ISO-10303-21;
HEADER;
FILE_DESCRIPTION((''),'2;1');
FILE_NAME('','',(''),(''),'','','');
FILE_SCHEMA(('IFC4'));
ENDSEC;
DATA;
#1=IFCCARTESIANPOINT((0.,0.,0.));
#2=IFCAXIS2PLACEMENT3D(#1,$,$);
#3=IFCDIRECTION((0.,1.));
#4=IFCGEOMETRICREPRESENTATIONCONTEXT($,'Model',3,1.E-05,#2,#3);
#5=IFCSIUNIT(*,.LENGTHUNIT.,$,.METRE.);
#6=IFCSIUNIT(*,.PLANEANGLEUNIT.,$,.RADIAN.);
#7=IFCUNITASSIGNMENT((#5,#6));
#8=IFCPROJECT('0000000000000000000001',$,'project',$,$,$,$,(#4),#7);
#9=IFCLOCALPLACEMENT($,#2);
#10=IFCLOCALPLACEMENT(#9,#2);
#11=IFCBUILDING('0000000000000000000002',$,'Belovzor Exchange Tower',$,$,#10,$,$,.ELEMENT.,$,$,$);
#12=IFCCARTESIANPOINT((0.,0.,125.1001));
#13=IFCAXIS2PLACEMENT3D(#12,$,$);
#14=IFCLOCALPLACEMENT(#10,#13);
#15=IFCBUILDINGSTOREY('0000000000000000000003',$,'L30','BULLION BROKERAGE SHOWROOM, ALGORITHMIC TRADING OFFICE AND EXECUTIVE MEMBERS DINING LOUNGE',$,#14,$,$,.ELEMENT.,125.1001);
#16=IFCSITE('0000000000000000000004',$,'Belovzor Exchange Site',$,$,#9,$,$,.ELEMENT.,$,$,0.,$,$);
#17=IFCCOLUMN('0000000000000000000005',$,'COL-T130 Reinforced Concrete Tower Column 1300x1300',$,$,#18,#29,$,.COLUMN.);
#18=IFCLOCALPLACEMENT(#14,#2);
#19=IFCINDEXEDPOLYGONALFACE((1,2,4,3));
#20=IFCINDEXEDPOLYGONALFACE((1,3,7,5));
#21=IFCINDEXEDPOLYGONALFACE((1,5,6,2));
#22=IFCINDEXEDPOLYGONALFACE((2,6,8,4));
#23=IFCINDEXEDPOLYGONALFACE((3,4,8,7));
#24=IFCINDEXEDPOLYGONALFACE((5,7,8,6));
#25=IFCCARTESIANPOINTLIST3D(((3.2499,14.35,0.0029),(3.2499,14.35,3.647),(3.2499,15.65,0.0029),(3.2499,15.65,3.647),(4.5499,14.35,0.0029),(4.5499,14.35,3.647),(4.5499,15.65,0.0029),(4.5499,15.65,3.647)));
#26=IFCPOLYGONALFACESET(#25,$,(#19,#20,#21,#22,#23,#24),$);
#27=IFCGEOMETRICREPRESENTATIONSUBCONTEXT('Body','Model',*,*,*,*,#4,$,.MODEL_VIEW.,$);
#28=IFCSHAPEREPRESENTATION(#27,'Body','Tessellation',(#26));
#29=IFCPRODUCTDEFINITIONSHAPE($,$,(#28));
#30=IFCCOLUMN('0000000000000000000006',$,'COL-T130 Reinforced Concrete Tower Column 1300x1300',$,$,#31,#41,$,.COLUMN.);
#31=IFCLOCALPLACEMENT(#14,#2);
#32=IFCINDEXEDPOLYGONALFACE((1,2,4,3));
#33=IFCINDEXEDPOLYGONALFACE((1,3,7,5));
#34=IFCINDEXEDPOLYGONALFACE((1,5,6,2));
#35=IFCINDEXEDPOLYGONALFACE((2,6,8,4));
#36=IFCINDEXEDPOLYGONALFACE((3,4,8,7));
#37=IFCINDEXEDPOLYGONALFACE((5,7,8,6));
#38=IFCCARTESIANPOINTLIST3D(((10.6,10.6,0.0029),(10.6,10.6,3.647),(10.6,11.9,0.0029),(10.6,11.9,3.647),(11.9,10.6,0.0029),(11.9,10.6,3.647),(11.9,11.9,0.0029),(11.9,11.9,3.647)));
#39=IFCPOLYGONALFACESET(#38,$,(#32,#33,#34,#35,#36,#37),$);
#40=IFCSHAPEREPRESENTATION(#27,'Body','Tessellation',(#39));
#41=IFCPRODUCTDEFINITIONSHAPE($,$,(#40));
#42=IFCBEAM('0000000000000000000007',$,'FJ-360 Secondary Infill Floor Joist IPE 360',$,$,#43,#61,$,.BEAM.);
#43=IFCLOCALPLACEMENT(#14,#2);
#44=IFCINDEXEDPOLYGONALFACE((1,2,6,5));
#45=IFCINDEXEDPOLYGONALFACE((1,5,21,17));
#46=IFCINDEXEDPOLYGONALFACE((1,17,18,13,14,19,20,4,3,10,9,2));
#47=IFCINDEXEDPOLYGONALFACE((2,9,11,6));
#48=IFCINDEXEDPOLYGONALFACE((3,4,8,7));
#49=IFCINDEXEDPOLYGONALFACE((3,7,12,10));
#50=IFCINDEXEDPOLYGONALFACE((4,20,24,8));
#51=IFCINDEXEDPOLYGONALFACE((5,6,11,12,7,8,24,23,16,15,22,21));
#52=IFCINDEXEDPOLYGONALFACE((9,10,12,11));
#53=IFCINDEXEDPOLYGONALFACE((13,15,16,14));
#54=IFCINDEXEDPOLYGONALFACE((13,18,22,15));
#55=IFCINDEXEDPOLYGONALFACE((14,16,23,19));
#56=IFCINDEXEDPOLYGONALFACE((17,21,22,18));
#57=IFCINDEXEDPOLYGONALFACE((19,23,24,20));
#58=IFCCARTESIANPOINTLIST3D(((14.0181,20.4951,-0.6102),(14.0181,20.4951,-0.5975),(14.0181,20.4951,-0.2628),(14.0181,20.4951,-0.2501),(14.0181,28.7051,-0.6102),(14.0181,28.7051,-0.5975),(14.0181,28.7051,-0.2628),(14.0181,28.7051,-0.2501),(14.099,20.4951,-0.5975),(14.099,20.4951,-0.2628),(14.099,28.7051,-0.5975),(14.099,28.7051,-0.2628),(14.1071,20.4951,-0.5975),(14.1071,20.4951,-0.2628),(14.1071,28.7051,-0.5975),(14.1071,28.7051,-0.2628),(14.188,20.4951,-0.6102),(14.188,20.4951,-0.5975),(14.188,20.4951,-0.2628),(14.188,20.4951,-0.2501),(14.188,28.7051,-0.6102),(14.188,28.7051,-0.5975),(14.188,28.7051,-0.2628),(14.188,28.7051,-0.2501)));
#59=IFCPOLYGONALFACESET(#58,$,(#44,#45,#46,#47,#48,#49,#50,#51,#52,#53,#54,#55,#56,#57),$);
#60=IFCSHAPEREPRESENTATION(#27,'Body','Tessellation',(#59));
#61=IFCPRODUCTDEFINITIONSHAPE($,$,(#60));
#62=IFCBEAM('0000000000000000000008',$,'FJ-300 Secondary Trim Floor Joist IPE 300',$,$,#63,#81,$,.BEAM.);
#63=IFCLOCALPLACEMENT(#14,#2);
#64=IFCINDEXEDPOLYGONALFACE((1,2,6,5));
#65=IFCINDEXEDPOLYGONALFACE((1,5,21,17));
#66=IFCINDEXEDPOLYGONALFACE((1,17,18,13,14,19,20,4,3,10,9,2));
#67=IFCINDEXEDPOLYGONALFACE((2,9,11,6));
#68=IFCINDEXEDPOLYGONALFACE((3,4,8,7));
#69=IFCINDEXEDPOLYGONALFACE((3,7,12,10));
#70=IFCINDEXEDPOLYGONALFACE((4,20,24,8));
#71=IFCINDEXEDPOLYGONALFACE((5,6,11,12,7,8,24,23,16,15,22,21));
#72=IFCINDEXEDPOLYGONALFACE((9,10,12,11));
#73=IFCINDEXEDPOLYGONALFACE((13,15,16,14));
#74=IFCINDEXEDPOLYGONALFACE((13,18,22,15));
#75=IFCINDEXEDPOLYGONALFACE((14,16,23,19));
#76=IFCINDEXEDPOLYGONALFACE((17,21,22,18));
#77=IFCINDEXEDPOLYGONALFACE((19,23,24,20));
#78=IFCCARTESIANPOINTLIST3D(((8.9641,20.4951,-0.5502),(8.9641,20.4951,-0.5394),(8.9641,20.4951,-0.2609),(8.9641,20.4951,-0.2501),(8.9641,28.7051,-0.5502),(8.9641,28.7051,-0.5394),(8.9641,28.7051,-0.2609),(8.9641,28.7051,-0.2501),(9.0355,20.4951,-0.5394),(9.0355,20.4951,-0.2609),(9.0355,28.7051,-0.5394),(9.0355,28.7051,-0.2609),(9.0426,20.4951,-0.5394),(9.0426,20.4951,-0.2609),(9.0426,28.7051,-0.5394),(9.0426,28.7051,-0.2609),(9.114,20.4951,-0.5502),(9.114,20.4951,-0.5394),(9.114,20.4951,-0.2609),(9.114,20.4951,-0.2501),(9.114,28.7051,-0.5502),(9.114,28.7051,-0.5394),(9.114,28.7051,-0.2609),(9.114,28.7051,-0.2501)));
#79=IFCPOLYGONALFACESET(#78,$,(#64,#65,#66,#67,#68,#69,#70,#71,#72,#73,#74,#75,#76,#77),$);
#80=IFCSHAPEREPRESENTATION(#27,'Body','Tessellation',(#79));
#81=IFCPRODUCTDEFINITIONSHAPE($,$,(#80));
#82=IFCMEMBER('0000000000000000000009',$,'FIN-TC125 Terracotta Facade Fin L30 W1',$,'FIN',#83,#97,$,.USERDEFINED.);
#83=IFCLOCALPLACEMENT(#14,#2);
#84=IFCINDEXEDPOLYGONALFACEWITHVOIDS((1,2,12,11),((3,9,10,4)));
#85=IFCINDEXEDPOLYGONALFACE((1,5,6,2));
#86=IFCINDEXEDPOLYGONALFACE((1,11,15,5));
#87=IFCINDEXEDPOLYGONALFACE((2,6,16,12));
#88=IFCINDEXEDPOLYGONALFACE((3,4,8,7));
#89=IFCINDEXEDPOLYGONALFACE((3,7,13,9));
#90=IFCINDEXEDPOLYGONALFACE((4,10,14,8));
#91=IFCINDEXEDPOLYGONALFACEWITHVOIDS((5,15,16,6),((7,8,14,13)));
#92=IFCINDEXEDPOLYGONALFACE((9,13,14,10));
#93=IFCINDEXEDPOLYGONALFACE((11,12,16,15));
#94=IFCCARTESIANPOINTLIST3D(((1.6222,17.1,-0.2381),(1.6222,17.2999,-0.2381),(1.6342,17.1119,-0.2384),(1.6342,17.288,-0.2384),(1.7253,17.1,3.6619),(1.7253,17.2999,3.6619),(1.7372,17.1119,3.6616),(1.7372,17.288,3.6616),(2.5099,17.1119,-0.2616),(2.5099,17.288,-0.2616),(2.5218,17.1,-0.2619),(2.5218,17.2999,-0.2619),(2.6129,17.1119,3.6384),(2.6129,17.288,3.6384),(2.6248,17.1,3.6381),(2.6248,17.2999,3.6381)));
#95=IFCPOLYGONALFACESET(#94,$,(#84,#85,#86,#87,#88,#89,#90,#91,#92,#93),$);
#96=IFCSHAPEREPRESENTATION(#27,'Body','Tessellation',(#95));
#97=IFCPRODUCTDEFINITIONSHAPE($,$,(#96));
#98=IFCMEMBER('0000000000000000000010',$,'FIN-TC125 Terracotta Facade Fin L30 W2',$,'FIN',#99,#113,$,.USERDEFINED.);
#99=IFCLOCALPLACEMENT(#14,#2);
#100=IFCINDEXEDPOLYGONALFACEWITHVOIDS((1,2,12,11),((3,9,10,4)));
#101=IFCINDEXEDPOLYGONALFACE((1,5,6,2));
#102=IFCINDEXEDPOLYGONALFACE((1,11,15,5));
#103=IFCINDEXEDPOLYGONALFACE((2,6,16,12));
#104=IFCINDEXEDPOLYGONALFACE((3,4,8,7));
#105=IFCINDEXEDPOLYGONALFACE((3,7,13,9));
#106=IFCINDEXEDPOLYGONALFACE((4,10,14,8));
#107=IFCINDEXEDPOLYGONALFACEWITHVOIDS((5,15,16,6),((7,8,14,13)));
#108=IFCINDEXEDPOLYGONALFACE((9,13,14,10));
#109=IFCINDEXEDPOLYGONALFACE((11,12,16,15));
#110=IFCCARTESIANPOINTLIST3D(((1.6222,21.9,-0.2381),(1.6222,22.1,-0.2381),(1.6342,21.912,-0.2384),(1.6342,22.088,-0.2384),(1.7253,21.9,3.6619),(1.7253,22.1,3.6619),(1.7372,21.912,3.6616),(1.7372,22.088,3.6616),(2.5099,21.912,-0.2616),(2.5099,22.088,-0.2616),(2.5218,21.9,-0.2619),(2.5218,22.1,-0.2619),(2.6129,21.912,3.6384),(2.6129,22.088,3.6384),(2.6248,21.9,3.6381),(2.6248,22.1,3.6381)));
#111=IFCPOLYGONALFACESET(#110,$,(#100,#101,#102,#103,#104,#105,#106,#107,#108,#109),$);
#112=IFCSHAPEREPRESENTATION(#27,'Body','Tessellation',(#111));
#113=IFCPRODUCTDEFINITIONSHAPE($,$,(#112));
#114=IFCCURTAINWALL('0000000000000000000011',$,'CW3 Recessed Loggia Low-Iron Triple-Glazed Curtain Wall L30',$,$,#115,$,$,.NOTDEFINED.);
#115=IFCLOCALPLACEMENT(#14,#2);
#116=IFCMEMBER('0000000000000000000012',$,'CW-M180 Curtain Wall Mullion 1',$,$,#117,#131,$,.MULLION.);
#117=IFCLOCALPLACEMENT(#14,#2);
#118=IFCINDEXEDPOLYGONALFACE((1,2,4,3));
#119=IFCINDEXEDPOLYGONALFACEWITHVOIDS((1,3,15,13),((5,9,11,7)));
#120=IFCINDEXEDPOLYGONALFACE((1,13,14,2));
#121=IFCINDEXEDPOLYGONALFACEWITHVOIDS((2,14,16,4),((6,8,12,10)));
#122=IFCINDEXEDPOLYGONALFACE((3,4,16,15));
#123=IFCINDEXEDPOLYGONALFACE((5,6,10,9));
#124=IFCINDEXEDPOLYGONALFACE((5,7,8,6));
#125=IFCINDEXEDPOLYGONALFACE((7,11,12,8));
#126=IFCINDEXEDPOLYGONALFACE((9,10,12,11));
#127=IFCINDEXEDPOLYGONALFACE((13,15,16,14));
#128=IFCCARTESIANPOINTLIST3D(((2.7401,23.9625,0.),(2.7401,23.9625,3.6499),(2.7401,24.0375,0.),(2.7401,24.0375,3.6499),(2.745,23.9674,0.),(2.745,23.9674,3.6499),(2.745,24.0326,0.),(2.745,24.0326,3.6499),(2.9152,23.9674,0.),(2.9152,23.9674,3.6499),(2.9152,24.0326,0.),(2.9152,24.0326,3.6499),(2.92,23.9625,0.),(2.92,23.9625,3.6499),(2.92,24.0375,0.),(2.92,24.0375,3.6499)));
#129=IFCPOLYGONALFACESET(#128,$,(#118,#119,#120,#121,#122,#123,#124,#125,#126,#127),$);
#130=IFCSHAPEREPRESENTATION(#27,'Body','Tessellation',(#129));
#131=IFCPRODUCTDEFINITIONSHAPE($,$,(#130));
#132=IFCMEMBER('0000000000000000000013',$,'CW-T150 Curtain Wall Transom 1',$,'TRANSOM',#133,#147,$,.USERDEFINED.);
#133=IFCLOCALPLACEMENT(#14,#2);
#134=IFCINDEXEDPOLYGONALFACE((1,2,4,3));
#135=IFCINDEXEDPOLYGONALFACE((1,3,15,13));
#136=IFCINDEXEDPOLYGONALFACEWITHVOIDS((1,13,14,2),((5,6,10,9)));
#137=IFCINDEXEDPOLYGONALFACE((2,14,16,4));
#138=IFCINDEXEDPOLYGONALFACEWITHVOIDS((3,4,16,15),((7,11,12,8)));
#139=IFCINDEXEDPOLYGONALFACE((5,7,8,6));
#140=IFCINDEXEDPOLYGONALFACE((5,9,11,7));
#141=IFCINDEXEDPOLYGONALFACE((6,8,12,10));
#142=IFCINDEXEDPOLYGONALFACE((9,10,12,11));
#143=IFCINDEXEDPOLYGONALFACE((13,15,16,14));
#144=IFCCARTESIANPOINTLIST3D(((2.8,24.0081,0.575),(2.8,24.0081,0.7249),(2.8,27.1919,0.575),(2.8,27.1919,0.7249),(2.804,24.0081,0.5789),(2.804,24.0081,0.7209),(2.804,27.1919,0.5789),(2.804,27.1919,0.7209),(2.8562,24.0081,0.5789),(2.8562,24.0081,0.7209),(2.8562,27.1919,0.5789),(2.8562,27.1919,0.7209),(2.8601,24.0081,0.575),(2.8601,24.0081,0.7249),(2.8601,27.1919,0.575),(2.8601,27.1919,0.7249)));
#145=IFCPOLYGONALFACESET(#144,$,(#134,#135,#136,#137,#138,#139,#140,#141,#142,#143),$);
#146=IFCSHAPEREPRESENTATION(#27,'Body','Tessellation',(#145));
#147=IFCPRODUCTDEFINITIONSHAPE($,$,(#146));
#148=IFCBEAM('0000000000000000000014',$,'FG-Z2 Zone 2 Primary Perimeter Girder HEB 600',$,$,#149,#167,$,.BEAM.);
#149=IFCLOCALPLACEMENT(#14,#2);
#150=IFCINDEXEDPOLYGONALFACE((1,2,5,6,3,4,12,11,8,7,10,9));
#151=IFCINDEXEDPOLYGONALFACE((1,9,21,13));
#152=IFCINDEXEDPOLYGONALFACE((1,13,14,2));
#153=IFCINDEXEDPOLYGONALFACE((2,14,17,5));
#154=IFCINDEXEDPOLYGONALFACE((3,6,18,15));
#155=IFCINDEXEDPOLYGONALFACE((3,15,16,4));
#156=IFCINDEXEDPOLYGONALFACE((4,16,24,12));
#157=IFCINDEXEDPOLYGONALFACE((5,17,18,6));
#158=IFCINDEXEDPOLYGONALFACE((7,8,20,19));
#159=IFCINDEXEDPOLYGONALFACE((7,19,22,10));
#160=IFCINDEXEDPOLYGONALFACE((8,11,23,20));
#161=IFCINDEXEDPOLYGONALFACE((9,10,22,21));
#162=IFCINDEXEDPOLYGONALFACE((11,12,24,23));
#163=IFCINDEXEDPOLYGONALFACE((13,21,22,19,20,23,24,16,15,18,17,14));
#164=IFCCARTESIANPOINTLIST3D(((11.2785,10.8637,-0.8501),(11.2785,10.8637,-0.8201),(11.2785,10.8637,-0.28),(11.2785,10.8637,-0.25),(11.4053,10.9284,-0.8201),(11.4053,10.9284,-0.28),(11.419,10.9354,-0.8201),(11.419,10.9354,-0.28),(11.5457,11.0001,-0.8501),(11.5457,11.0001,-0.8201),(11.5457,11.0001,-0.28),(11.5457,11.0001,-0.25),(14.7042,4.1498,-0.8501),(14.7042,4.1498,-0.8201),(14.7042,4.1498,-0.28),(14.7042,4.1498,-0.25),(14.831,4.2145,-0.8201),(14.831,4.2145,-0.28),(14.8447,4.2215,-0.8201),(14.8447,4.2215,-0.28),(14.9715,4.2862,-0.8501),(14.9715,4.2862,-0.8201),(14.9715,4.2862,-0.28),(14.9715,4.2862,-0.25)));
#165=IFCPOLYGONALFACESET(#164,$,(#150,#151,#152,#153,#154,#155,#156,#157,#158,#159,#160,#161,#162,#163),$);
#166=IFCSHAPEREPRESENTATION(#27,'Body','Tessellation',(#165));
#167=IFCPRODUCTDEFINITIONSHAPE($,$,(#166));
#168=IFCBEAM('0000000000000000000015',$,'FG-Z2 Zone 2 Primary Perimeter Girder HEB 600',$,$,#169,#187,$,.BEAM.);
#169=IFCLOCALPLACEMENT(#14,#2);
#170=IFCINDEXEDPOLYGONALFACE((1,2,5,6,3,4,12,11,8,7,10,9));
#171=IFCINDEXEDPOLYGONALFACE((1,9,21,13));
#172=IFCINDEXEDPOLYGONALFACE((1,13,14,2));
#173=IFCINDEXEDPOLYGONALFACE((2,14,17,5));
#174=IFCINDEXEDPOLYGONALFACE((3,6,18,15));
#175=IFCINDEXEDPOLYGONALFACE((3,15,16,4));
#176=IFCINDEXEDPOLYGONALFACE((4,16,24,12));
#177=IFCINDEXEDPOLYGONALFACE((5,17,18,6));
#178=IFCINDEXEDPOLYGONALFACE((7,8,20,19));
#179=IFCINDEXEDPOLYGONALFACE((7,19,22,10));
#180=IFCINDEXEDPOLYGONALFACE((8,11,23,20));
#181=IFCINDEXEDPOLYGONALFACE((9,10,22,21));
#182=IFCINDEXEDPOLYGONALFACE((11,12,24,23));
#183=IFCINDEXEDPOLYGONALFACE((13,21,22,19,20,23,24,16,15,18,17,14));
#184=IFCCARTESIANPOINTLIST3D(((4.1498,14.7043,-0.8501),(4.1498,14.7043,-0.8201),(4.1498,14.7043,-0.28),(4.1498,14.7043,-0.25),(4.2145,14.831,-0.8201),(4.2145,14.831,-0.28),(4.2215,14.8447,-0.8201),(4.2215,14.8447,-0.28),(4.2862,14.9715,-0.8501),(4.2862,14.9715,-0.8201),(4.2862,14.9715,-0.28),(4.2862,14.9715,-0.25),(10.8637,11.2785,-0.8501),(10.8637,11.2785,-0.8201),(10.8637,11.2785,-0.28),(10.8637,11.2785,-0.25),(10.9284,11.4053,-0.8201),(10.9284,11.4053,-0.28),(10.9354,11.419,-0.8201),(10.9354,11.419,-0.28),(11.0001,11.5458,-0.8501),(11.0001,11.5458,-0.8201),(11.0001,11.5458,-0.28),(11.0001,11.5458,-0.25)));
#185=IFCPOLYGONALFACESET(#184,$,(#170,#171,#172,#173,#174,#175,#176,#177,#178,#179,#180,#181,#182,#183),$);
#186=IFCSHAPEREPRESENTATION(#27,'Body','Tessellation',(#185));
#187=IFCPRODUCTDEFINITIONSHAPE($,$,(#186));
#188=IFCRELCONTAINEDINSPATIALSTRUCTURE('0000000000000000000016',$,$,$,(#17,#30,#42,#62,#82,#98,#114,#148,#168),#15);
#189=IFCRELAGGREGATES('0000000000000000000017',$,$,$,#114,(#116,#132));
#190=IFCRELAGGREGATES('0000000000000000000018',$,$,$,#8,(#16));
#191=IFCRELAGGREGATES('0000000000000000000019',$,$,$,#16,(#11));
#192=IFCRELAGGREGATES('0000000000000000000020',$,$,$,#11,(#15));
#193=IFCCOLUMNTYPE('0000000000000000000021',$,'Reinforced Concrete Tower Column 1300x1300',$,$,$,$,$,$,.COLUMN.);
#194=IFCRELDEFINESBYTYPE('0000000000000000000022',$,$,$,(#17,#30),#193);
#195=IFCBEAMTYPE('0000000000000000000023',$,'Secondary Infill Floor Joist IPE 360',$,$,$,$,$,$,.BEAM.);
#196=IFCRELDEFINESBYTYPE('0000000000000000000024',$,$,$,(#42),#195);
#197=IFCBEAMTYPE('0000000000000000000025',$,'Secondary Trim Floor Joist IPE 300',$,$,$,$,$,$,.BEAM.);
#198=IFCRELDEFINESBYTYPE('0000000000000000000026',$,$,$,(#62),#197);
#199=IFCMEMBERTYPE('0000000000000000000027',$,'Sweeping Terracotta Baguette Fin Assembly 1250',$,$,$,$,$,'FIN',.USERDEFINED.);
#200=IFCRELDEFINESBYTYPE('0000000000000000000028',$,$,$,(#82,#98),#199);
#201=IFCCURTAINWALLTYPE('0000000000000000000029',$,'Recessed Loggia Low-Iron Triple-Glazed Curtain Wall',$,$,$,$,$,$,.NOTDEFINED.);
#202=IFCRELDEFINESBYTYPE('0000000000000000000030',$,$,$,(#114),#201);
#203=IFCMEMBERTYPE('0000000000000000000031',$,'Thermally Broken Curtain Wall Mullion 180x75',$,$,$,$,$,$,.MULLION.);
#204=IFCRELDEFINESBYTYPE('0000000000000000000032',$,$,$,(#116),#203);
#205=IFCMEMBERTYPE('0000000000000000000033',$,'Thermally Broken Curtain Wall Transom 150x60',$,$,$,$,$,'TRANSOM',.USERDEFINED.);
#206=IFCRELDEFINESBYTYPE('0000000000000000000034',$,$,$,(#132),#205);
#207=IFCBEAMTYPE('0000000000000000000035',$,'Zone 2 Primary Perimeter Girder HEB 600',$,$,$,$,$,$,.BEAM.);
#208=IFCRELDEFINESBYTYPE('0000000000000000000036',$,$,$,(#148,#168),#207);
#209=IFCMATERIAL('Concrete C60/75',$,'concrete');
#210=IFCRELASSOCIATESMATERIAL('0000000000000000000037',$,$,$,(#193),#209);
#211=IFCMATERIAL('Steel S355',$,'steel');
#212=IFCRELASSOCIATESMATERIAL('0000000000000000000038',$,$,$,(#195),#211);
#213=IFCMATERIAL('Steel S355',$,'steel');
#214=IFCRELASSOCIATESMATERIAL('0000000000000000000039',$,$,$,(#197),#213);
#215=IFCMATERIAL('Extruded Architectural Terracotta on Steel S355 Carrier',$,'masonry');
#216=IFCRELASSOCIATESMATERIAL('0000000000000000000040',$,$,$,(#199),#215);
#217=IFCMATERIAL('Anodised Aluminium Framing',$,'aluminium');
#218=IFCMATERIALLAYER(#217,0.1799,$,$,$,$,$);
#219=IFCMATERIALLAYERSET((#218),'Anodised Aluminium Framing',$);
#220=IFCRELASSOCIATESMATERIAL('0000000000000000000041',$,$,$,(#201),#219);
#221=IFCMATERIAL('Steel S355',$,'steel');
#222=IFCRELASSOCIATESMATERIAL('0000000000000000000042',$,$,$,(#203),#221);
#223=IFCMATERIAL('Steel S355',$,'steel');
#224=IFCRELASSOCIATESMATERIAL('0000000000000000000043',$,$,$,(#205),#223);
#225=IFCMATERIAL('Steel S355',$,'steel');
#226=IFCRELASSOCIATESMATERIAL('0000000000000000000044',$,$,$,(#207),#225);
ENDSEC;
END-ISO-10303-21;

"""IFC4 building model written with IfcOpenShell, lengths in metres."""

from ifc_helpers import new_model, si_unit, direction, frame, origin, origin_2d, place, context, subcontext, project, spatial, rectangle, hollow_rectangle, i_section, extrude, material, layer, layer_set, material_profile, profile_set, type_object, element, aggregate, save


model = new_model("IFC4")

# Units and contexts
model_context = context("Model", 3, precision=1e-05, world=origin(), true_north=direction((0.0, 1.0)))
body_context = subcontext(model_context, "Body", "Model", "MODEL_VIEW")
ifc_project = project(units=[si_unit("LENGTHUNIT", "METRE"), si_unit("PLANEANGLEUNIT", "RADIAN")], contexts=[model_context])

# Site, building, storey
site_placement = place(None, origin())
site = spatial("IfcSite", under=ifc_project, at=site_placement, Name="Belovzor Exchange Site", CompositionType="ELEMENT", RefElevation=0.0)
building_placement = place(site_placement, origin())
building = spatial("IfcBuilding", under=site, at=building_placement, Name="Belovzor Exchange Tower", CompositionType="ELEMENT")
storey_placement = place(building_placement, frame((0.0, 0.0, 125.1001)))
storey = spatial("IfcBuildingStorey", under=building, at=storey_placement, Name="L30", Description="BULLION BROKERAGE SHOWROOM, ALGORITHMIC TRADING OFFICE AND EXECUTIVE MEMBERS DINING LOUNGE", CompositionType="ELEMENT", Elevation=125.1001)

# Columns
ifc_material_1 = material(Name="Concrete C60/75", Category="concrete")
ifc_material_profile_1 = material_profile(ifc_material_1, rectangle(XDim=1.3, YDim=1.3, at=origin_2d()))
ifc_profile_set_1 = profile_set([ifc_material_profile_1], Name="Concrete C60/75")
column_type = type_object("IfcColumnType", Name="Reinforced Concrete Tower Column 1300x1300", PredefinedType="COLUMN", material=ifc_profile_set_1)
for number, where, z_axis, x_axis, name in (
    (1, (3.8999, 15.0, 0.0029), (0.0, 0.0, 1.0), (1.0, 0.0, 0.0), "COL-T130 Reinforced Concrete Tower Column 1300x1300"),
    (2, (11.25, 11.25, 0.0029), (0.0, 0.0, 1.0), (1.0, 0.0, 0.0), "COL-T130 Reinforced Concrete Tower Column 1300x1300"),
):
    element("IfcColumn", number, at=place(storey_placement, frame(where, z_axis=z_axis, x_axis=x_axis)), inside=storey, type_object=column_type, Name=name, PredefinedType="COLUMN", context=body_context, shape_type="SweptSolid", body=[
        extrude(rectangle(XDim=1.3, YDim=1.3, at=origin_2d()), origin(), (0.0, 0.0, 1.0), 3.644),
    ])

# Beams
ifc_material_2 = material(Name="Steel S355", Category="steel")
ifc_material_profile_2 = material_profile(ifc_material_2, i_section(OverallWidth=0.1699, OverallDepth=0.3601, WebThickness=0.0081, FlangeThickness=0.0127, at=origin_2d()))
ifc_profile_set_2 = profile_set([ifc_material_profile_2], Name="Steel S355")
beam_type_1 = type_object("IfcBeamType", Name="Secondary Infill Floor Joist IPE 360", PredefinedType="BEAM", material=ifc_profile_set_2)
beam_1_placement = place(storey_placement, frame((14.103, 20.4951, -0.4302), z_axis=(0.0, 1.0, 0.0), x_axis=(-1.0, 0.0, 0.0)))
element("IfcBeam", 3, at=beam_1_placement, inside=storey, type_object=beam_type_1, Name="FJ-360 Secondary Infill Floor Joist IPE 360", PredefinedType="BEAM", context=body_context, shape_type="SweptSolid", body=[
    extrude(i_section(OverallWidth=0.1699, OverallDepth=0.3601, WebThickness=0.0081, FlangeThickness=0.0127, at=origin_2d()), origin(), (0.0, 0.0, 1.0), 8.21),
])
ifc_material_3 = material(Name="Steel S355", Category="steel")
ifc_material_profile_3 = material_profile(ifc_material_3, i_section(OverallWidth=0.1499, OverallDepth=0.3, WebThickness=0.0071, FlangeThickness=0.0107, at=origin_2d()))
ifc_profile_set_3 = profile_set([ifc_material_profile_3], Name="Steel S355")
beam_type_2 = type_object("IfcBeamType", Name="Secondary Trim Floor Joist IPE 300", PredefinedType="BEAM", material=ifc_profile_set_3)
beam_2_placement = place(storey_placement, frame((9.0391, 20.4951, -0.4001), z_axis=(0.0, 1.0, 0.0), x_axis=(-1.0, 0.0, 0.0)))
element("IfcBeam", 4, at=beam_2_placement, inside=storey, type_object=beam_type_2, Name="FJ-300 Secondary Trim Floor Joist IPE 300", PredefinedType="BEAM", context=body_context, shape_type="SweptSolid", body=[
    extrude(i_section(OverallWidth=0.1499, OverallDepth=0.3, WebThickness=0.0071, FlangeThickness=0.0107, at=origin_2d()), origin(), (0.0, 0.0, 1.0), 8.21),
])

# Members
ifc_material_4 = material(Name="Extruded Architectural Terracotta on Steel S355 Carrier", Category="masonry")
ifc_material_profile_4 = material_profile(ifc_material_4, hollow_rectangle(XDim=0.2, YDim=0.8999, WallThickness=0.012, at=origin_2d()))
ifc_profile_set_4 = profile_set([ifc_material_profile_4], Name="Extruded Architectural Terracotta on Steel S355 Carrier")
member_type_1 = type_object("IfcMemberType", Name="Sweeping Terracotta Baguette Fin Assembly 1250", ElementType="FIN", PredefinedType="USERDEFINED", material=ifc_profile_set_4)
for number, where, z_axis, x_axis, name in (
    (5, (2.072, 17.2, -0.25), (0.026409, 0.0, 0.999651), (0.0, 1.0, 0.0), "FIN-TC125 Terracotta Facade Fin L30 W1"),
    (6, (2.072, 22.0, -0.25), (0.026409, 0.0, 0.999651), (0.0, 1.0, 0.0), "FIN-TC125 Terracotta Facade Fin L30 W2"),
):
    element("IfcMember", number, at=place(storey_placement, frame(where, z_axis=z_axis, x_axis=x_axis)), inside=storey, type_object=member_type_1, Name=name, ObjectType="FIN", PredefinedType="USERDEFINED", context=body_context, shape_type="SweptSolid", body=[
        extrude(hollow_rectangle(XDim=0.2, YDim=0.8999, WallThickness=0.012, at=origin_2d()), origin(), (0.0, 0.0, 1.0), 3.9014),
    ])

# Curtain wall, members
ifc_material_5 = material(Name="Anodised Aluminium Framing", Category="aluminium")
ifc_layer_1 = layer(ifc_material_5, 0.1799)
ifc_layer_set_1 = layer_set([ifc_layer_1], Name="Anodised Aluminium Framing")
curtain_wall_type = type_object("IfcCurtainWallType", Name="Recessed Loggia Low-Iron Triple-Glazed Curtain Wall", PredefinedType="NOTDEFINED", material=ifc_layer_set_1)
curtain_wall_placement = place(storey_placement, origin())
curtain_wall = element("IfcCurtainWall", 7, at=curtain_wall_placement, inside=storey, type_object=curtain_wall_type, Name="CW3 Recessed Loggia Low-Iron Triple-Glazed Curtain Wall L30", PredefinedType="NOTDEFINED")
ifc_material_6 = material(Name="Steel S355", Category="steel")
ifc_material_profile_5 = material_profile(ifc_material_6, hollow_rectangle(XDim=0.075, YDim=0.1799, WallThickness=0.0049, at=origin_2d()))
ifc_profile_set_5 = profile_set([ifc_material_profile_5], Name="Steel S355")
member_type_2 = type_object("IfcMemberType", Name="Thermally Broken Curtain Wall Mullion 180x75", PredefinedType="MULLION", material=ifc_profile_set_5)
member_1_placement = place(storey_placement, frame((2.8301, 24.0, 0.0), z_axis=(0.0, 0.0, 1.0), x_axis=(0.0, 1.0, 0.0)))
member_1 = element("IfcMember", 8, at=member_1_placement, type_object=member_type_2, Name="CW-M180 Curtain Wall Mullion 1", PredefinedType="MULLION", context=body_context, shape_type="SweptSolid", body=[
    extrude(hollow_rectangle(XDim=0.075, YDim=0.1799, WallThickness=0.0049, at=origin_2d()), origin(), (0.0, 0.0, 1.0), 3.6499),
])
ifc_material_7 = material(Name="Steel S355", Category="steel")
ifc_material_profile_6 = material_profile(ifc_material_7, hollow_rectangle(XDim=0.0601, YDim=0.1499, WallThickness=0.0039, at=origin_2d()))
ifc_profile_set_6 = profile_set([ifc_material_profile_6], Name="Steel S355")
member_type_3 = type_object("IfcMemberType", Name="Thermally Broken Curtain Wall Transom 150x60", ElementType="TRANSOM", PredefinedType="USERDEFINED", material=ifc_profile_set_6)
member_2_placement = place(storey_placement, frame((2.8301, 24.0081, 0.6499), z_axis=(0.0, 1.0, 0.0), x_axis=(-1.0, 0.0, 0.0)))
member_2 = element("IfcMember", 9, at=member_2_placement, type_object=member_type_3, Name="CW-T150 Curtain Wall Transom 1", ObjectType="TRANSOM", PredefinedType="USERDEFINED", context=body_context, shape_type="SweptSolid", body=[
    extrude(hollow_rectangle(XDim=0.0601, YDim=0.1499, WallThickness=0.0039, at=origin_2d()), origin(), (0.0, 0.0, 1.0), 3.1838),
])

# Beams
ifc_material_8 = material(Name="Steel S355", Category="steel")
ifc_material_profile_7 = material_profile(ifc_material_8, i_section(OverallWidth=0.3, OverallDepth=0.6001, WebThickness=0.0154, FlangeThickness=0.03, at=origin_2d()))
ifc_profile_set_7 = profile_set([ifc_material_profile_7], Name="Steel S355")
beam_type_3 = type_object("IfcBeamType", Name="Zone 2 Primary Perimeter Girder HEB 600", PredefinedType="BEAM", material=ifc_profile_set_7)
for number, where, z_axis, x_axis, name in (
    (10, (11.4121, 10.9319, -0.55), (0.454506, -0.890744, 0.0), (0.890744, 0.454506, 0.0), "FG-Z2 Zone 2 Primary Perimeter Girder HEB 600"),
    (11, (4.218, 14.8379, -0.55), (0.890744, -0.454506, 0.0), (0.454506, 0.890744, 0.0), "FG-Z2 Zone 2 Primary Perimeter Girder HEB 600"),
):
    element("IfcBeam", number, at=place(storey_placement, frame(where, z_axis=z_axis, x_axis=x_axis)), inside=storey, type_object=beam_type_3, Name=name, PredefinedType="BEAM", context=body_context, shape_type="SweptSolid", body=[
        extrude(i_section(OverallWidth=0.3, OverallDepth=0.6001, WebThickness=0.0154, FlangeThickness=0.03, at=origin_2d()), origin(), (0.0, 0.0, 1.0), 7.5374),
    ])

aggregate(curtain_wall, [member_1, member_2])

save(model, "model.ifc")
